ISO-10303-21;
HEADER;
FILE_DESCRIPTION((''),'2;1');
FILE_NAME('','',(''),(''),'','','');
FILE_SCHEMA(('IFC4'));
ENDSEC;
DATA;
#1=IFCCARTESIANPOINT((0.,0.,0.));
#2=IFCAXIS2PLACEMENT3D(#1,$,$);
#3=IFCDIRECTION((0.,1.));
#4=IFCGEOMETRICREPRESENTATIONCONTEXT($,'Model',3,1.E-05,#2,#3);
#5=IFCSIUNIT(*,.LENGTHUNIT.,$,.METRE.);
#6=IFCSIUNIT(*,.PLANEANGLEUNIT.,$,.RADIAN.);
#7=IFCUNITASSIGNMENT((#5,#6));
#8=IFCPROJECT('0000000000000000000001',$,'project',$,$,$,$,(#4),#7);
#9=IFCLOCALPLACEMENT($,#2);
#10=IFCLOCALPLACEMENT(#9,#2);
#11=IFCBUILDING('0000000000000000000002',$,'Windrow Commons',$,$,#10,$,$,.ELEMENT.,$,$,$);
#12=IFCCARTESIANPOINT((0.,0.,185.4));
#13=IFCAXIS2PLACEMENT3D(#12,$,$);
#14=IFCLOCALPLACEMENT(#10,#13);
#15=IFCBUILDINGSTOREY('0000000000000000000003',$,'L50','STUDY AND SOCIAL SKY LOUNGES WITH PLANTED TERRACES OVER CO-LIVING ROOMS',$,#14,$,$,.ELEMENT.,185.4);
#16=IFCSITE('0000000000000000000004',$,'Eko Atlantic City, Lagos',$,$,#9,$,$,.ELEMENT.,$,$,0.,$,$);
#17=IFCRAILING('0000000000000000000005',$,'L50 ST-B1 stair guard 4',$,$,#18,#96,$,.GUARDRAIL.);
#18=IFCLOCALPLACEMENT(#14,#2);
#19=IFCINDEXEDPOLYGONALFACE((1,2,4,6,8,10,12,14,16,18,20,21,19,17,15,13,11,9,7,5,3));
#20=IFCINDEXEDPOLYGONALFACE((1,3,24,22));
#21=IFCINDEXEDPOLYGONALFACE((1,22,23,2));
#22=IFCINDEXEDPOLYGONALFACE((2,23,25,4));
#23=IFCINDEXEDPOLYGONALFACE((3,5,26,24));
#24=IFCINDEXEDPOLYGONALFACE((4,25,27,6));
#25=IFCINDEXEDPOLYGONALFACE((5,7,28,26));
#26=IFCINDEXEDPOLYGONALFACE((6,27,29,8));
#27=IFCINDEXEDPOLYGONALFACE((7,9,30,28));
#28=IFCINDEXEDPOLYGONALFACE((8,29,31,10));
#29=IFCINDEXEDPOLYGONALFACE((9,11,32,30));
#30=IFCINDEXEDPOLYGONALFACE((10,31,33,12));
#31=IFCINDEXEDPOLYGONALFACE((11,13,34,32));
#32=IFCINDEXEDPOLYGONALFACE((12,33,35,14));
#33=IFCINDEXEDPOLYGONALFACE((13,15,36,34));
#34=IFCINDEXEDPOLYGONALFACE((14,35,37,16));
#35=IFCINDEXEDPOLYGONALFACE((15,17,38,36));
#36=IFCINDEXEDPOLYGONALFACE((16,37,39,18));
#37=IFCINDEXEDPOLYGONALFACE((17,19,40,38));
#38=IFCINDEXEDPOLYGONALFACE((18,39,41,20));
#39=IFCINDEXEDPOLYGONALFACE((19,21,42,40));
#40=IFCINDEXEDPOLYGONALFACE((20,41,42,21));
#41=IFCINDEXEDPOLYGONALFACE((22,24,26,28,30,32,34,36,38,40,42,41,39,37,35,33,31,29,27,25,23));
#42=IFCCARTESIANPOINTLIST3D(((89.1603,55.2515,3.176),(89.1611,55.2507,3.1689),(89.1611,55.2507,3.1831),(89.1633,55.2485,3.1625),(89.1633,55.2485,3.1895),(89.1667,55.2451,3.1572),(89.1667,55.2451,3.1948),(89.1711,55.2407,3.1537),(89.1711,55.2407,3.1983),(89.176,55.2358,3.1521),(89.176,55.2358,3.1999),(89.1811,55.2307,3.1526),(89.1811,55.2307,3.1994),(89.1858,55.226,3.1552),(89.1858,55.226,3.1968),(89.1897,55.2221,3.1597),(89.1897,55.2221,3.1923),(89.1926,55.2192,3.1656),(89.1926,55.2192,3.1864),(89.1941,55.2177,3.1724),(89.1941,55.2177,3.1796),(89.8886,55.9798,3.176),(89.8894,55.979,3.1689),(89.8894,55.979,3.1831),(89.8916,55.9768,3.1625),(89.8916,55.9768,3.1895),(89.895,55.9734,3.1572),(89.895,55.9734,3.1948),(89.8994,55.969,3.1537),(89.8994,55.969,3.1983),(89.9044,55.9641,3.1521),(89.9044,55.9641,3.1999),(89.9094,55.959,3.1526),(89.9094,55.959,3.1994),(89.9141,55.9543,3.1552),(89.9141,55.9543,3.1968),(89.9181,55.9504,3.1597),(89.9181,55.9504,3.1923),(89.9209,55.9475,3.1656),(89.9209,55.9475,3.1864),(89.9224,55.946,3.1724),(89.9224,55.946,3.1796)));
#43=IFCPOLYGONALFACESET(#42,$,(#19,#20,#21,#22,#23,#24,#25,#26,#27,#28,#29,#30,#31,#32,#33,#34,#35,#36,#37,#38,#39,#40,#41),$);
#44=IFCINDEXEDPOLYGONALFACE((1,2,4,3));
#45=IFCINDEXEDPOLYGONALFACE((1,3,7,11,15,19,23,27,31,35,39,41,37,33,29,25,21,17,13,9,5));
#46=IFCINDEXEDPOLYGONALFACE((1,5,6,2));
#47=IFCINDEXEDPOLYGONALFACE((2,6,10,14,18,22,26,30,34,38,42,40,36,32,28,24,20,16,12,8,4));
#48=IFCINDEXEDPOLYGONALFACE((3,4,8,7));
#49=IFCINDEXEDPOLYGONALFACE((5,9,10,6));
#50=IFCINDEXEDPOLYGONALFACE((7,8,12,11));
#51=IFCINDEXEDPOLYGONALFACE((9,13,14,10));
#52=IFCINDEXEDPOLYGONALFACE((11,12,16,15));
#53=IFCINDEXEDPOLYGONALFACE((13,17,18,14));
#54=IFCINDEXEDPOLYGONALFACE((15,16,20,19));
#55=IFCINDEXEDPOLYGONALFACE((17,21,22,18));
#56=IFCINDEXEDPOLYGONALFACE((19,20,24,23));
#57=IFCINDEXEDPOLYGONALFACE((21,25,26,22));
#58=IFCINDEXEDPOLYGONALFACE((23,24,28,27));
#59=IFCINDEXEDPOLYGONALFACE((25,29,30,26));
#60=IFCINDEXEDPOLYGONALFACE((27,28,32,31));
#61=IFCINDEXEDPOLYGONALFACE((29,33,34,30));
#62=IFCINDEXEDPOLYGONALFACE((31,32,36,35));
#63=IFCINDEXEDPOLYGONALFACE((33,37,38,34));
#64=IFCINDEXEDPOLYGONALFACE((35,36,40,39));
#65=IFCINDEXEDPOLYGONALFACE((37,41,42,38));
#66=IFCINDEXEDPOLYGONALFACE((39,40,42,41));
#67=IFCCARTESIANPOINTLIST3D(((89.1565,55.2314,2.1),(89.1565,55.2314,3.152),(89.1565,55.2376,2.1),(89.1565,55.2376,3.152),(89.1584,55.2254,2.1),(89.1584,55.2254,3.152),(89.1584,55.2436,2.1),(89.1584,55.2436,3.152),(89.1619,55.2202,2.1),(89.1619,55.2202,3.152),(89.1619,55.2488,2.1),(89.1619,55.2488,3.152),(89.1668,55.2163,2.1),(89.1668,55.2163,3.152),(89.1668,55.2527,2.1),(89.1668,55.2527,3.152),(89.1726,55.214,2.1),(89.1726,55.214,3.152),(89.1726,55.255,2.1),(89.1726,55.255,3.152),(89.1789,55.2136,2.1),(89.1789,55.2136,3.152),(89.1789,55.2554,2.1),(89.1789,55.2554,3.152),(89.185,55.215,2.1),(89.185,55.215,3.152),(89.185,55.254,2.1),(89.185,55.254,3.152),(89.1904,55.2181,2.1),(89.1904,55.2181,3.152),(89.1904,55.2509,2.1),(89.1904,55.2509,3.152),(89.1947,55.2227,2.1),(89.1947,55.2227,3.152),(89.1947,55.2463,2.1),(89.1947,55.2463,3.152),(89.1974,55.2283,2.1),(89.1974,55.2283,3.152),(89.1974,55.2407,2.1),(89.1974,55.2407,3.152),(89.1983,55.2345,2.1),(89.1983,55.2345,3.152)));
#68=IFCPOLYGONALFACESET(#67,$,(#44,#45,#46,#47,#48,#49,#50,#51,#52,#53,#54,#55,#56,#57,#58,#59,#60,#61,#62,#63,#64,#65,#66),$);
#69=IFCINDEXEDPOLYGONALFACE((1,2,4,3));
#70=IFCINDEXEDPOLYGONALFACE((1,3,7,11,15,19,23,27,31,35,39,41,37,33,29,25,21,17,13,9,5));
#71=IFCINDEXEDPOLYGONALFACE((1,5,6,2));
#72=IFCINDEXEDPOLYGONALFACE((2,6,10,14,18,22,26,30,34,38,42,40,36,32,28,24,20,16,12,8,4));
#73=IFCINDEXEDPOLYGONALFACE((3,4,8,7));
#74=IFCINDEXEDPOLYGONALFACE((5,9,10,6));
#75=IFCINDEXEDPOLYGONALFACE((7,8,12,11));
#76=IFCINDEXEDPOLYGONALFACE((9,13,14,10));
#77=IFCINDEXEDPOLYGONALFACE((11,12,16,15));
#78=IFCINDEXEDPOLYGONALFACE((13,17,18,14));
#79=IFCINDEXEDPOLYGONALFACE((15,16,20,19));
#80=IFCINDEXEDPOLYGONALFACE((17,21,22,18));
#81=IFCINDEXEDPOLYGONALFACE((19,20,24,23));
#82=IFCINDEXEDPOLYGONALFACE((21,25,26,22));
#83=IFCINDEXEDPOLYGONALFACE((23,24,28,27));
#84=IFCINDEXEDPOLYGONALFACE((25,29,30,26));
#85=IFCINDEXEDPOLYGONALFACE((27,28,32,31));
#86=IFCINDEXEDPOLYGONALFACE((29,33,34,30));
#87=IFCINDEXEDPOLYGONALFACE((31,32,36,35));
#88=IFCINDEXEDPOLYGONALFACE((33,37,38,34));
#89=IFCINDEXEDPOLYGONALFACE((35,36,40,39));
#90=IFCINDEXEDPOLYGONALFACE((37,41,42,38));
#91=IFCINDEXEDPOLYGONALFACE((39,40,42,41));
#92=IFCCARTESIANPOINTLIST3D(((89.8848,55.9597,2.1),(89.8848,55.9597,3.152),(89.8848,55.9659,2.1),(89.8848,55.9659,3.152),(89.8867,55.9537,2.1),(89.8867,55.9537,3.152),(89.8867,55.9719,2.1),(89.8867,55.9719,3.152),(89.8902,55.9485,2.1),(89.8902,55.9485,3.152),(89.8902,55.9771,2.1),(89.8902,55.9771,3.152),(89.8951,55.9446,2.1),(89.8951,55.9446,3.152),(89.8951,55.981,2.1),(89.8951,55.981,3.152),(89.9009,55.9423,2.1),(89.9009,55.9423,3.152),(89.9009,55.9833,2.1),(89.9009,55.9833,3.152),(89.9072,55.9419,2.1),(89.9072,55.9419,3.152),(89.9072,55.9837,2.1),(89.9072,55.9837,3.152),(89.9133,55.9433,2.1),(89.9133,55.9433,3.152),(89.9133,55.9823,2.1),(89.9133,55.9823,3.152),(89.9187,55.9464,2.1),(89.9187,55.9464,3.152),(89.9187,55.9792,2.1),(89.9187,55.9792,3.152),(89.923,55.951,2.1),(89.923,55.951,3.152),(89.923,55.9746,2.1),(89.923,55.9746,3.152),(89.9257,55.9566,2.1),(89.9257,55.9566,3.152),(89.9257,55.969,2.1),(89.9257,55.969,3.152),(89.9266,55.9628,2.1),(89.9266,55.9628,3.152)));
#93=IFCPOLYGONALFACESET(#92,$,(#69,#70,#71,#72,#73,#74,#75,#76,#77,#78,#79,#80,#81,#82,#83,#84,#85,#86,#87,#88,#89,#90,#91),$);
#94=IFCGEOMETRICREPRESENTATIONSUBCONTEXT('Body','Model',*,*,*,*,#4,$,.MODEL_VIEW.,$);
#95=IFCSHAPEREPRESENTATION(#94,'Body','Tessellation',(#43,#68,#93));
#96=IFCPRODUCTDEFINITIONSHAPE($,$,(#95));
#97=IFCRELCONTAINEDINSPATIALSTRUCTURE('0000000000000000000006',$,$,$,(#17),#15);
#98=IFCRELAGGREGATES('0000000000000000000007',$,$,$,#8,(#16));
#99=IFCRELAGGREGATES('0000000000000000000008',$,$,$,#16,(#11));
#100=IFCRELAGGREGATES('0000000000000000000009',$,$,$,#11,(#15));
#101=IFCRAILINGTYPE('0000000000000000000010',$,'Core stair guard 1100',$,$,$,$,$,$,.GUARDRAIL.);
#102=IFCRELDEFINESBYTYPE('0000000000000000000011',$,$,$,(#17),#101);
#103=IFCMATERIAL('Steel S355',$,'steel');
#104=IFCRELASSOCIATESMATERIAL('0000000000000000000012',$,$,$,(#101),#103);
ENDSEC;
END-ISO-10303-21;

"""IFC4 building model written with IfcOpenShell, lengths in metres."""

from ifc_helpers import new_model, si_unit, direction, frame, origin, origin_2d, place, context, subcontext, project, spatial, circle, extrude, material, type_object, element, save


model = new_model("IFC4")

# Units and contexts
model_context = context("Model", 3, precision=1e-05, world=origin(), true_north=direction((0.0, 1.0)))
body_context = subcontext(model_context, "Body", "Model", "MODEL_VIEW")
ifc_project = project(units=[si_unit("LENGTHUNIT", "METRE"), si_unit("PLANEANGLEUNIT", "RADIAN")], contexts=[model_context])

# Site, building, storey
site_placement = place(None, origin())
site = spatial("IfcSite", under=ifc_project, at=site_placement, Name="Eko Atlantic City, Lagos", CompositionType="ELEMENT", RefElevation=0.0)
building_placement = place(site_placement, origin())
building = spatial("IfcBuilding", under=site, at=building_placement, Name="Windrow Commons", CompositionType="ELEMENT")
storey_placement = place(building_placement, frame((0.0, 0.0, 185.4)))
storey = spatial("IfcBuildingStorey", under=building, at=storey_placement, Name="L50", Description="STUDY AND SOCIAL SKY LOUNGES WITH PLANTED TERRACES OVER CO-LIVING ROOMS", CompositionType="ELEMENT", Elevation=185.4)

# Railing
ifc_material_1 = material(Name="Steel S355", Category="steel")
railing_type_1 = type_object("IfcRailingType", Name="Core stair guard 1100", PredefinedType="GUARDRAIL", material=ifc_material_1)
railing_1_placement = place(storey_placement, frame((89.1773, 55.2345, 2.1)))
element("IfcRailing", 1, at=railing_1_placement, inside=storey, type_object=railing_type_1, Name="L50 ST-B1 stair guard 4", PredefinedType="GUARDRAIL", context=body_context, shape_type="SweptSolid", body=[
    extrude(circle(Radius=0.024, at=origin_2d()), frame((0.0, 0.0, 1.076), z_axis=(0.707107, 0.707107, 0.0), x_axis=(-0.707107, 0.707107, 0.0)), (0.0, 0.0, 1.0), 1.03),
    extrude(circle(Radius=0.021, at=origin_2d()), origin(), (0.0, 0.0, 1.0), 1.052),
    extrude(circle(Radius=0.021, at=origin_2d()), frame((0.7283, 0.7283, 0.0)), (0.0, 0.0, 1.0), 1.052),
])

save(model, "model.ifc")
